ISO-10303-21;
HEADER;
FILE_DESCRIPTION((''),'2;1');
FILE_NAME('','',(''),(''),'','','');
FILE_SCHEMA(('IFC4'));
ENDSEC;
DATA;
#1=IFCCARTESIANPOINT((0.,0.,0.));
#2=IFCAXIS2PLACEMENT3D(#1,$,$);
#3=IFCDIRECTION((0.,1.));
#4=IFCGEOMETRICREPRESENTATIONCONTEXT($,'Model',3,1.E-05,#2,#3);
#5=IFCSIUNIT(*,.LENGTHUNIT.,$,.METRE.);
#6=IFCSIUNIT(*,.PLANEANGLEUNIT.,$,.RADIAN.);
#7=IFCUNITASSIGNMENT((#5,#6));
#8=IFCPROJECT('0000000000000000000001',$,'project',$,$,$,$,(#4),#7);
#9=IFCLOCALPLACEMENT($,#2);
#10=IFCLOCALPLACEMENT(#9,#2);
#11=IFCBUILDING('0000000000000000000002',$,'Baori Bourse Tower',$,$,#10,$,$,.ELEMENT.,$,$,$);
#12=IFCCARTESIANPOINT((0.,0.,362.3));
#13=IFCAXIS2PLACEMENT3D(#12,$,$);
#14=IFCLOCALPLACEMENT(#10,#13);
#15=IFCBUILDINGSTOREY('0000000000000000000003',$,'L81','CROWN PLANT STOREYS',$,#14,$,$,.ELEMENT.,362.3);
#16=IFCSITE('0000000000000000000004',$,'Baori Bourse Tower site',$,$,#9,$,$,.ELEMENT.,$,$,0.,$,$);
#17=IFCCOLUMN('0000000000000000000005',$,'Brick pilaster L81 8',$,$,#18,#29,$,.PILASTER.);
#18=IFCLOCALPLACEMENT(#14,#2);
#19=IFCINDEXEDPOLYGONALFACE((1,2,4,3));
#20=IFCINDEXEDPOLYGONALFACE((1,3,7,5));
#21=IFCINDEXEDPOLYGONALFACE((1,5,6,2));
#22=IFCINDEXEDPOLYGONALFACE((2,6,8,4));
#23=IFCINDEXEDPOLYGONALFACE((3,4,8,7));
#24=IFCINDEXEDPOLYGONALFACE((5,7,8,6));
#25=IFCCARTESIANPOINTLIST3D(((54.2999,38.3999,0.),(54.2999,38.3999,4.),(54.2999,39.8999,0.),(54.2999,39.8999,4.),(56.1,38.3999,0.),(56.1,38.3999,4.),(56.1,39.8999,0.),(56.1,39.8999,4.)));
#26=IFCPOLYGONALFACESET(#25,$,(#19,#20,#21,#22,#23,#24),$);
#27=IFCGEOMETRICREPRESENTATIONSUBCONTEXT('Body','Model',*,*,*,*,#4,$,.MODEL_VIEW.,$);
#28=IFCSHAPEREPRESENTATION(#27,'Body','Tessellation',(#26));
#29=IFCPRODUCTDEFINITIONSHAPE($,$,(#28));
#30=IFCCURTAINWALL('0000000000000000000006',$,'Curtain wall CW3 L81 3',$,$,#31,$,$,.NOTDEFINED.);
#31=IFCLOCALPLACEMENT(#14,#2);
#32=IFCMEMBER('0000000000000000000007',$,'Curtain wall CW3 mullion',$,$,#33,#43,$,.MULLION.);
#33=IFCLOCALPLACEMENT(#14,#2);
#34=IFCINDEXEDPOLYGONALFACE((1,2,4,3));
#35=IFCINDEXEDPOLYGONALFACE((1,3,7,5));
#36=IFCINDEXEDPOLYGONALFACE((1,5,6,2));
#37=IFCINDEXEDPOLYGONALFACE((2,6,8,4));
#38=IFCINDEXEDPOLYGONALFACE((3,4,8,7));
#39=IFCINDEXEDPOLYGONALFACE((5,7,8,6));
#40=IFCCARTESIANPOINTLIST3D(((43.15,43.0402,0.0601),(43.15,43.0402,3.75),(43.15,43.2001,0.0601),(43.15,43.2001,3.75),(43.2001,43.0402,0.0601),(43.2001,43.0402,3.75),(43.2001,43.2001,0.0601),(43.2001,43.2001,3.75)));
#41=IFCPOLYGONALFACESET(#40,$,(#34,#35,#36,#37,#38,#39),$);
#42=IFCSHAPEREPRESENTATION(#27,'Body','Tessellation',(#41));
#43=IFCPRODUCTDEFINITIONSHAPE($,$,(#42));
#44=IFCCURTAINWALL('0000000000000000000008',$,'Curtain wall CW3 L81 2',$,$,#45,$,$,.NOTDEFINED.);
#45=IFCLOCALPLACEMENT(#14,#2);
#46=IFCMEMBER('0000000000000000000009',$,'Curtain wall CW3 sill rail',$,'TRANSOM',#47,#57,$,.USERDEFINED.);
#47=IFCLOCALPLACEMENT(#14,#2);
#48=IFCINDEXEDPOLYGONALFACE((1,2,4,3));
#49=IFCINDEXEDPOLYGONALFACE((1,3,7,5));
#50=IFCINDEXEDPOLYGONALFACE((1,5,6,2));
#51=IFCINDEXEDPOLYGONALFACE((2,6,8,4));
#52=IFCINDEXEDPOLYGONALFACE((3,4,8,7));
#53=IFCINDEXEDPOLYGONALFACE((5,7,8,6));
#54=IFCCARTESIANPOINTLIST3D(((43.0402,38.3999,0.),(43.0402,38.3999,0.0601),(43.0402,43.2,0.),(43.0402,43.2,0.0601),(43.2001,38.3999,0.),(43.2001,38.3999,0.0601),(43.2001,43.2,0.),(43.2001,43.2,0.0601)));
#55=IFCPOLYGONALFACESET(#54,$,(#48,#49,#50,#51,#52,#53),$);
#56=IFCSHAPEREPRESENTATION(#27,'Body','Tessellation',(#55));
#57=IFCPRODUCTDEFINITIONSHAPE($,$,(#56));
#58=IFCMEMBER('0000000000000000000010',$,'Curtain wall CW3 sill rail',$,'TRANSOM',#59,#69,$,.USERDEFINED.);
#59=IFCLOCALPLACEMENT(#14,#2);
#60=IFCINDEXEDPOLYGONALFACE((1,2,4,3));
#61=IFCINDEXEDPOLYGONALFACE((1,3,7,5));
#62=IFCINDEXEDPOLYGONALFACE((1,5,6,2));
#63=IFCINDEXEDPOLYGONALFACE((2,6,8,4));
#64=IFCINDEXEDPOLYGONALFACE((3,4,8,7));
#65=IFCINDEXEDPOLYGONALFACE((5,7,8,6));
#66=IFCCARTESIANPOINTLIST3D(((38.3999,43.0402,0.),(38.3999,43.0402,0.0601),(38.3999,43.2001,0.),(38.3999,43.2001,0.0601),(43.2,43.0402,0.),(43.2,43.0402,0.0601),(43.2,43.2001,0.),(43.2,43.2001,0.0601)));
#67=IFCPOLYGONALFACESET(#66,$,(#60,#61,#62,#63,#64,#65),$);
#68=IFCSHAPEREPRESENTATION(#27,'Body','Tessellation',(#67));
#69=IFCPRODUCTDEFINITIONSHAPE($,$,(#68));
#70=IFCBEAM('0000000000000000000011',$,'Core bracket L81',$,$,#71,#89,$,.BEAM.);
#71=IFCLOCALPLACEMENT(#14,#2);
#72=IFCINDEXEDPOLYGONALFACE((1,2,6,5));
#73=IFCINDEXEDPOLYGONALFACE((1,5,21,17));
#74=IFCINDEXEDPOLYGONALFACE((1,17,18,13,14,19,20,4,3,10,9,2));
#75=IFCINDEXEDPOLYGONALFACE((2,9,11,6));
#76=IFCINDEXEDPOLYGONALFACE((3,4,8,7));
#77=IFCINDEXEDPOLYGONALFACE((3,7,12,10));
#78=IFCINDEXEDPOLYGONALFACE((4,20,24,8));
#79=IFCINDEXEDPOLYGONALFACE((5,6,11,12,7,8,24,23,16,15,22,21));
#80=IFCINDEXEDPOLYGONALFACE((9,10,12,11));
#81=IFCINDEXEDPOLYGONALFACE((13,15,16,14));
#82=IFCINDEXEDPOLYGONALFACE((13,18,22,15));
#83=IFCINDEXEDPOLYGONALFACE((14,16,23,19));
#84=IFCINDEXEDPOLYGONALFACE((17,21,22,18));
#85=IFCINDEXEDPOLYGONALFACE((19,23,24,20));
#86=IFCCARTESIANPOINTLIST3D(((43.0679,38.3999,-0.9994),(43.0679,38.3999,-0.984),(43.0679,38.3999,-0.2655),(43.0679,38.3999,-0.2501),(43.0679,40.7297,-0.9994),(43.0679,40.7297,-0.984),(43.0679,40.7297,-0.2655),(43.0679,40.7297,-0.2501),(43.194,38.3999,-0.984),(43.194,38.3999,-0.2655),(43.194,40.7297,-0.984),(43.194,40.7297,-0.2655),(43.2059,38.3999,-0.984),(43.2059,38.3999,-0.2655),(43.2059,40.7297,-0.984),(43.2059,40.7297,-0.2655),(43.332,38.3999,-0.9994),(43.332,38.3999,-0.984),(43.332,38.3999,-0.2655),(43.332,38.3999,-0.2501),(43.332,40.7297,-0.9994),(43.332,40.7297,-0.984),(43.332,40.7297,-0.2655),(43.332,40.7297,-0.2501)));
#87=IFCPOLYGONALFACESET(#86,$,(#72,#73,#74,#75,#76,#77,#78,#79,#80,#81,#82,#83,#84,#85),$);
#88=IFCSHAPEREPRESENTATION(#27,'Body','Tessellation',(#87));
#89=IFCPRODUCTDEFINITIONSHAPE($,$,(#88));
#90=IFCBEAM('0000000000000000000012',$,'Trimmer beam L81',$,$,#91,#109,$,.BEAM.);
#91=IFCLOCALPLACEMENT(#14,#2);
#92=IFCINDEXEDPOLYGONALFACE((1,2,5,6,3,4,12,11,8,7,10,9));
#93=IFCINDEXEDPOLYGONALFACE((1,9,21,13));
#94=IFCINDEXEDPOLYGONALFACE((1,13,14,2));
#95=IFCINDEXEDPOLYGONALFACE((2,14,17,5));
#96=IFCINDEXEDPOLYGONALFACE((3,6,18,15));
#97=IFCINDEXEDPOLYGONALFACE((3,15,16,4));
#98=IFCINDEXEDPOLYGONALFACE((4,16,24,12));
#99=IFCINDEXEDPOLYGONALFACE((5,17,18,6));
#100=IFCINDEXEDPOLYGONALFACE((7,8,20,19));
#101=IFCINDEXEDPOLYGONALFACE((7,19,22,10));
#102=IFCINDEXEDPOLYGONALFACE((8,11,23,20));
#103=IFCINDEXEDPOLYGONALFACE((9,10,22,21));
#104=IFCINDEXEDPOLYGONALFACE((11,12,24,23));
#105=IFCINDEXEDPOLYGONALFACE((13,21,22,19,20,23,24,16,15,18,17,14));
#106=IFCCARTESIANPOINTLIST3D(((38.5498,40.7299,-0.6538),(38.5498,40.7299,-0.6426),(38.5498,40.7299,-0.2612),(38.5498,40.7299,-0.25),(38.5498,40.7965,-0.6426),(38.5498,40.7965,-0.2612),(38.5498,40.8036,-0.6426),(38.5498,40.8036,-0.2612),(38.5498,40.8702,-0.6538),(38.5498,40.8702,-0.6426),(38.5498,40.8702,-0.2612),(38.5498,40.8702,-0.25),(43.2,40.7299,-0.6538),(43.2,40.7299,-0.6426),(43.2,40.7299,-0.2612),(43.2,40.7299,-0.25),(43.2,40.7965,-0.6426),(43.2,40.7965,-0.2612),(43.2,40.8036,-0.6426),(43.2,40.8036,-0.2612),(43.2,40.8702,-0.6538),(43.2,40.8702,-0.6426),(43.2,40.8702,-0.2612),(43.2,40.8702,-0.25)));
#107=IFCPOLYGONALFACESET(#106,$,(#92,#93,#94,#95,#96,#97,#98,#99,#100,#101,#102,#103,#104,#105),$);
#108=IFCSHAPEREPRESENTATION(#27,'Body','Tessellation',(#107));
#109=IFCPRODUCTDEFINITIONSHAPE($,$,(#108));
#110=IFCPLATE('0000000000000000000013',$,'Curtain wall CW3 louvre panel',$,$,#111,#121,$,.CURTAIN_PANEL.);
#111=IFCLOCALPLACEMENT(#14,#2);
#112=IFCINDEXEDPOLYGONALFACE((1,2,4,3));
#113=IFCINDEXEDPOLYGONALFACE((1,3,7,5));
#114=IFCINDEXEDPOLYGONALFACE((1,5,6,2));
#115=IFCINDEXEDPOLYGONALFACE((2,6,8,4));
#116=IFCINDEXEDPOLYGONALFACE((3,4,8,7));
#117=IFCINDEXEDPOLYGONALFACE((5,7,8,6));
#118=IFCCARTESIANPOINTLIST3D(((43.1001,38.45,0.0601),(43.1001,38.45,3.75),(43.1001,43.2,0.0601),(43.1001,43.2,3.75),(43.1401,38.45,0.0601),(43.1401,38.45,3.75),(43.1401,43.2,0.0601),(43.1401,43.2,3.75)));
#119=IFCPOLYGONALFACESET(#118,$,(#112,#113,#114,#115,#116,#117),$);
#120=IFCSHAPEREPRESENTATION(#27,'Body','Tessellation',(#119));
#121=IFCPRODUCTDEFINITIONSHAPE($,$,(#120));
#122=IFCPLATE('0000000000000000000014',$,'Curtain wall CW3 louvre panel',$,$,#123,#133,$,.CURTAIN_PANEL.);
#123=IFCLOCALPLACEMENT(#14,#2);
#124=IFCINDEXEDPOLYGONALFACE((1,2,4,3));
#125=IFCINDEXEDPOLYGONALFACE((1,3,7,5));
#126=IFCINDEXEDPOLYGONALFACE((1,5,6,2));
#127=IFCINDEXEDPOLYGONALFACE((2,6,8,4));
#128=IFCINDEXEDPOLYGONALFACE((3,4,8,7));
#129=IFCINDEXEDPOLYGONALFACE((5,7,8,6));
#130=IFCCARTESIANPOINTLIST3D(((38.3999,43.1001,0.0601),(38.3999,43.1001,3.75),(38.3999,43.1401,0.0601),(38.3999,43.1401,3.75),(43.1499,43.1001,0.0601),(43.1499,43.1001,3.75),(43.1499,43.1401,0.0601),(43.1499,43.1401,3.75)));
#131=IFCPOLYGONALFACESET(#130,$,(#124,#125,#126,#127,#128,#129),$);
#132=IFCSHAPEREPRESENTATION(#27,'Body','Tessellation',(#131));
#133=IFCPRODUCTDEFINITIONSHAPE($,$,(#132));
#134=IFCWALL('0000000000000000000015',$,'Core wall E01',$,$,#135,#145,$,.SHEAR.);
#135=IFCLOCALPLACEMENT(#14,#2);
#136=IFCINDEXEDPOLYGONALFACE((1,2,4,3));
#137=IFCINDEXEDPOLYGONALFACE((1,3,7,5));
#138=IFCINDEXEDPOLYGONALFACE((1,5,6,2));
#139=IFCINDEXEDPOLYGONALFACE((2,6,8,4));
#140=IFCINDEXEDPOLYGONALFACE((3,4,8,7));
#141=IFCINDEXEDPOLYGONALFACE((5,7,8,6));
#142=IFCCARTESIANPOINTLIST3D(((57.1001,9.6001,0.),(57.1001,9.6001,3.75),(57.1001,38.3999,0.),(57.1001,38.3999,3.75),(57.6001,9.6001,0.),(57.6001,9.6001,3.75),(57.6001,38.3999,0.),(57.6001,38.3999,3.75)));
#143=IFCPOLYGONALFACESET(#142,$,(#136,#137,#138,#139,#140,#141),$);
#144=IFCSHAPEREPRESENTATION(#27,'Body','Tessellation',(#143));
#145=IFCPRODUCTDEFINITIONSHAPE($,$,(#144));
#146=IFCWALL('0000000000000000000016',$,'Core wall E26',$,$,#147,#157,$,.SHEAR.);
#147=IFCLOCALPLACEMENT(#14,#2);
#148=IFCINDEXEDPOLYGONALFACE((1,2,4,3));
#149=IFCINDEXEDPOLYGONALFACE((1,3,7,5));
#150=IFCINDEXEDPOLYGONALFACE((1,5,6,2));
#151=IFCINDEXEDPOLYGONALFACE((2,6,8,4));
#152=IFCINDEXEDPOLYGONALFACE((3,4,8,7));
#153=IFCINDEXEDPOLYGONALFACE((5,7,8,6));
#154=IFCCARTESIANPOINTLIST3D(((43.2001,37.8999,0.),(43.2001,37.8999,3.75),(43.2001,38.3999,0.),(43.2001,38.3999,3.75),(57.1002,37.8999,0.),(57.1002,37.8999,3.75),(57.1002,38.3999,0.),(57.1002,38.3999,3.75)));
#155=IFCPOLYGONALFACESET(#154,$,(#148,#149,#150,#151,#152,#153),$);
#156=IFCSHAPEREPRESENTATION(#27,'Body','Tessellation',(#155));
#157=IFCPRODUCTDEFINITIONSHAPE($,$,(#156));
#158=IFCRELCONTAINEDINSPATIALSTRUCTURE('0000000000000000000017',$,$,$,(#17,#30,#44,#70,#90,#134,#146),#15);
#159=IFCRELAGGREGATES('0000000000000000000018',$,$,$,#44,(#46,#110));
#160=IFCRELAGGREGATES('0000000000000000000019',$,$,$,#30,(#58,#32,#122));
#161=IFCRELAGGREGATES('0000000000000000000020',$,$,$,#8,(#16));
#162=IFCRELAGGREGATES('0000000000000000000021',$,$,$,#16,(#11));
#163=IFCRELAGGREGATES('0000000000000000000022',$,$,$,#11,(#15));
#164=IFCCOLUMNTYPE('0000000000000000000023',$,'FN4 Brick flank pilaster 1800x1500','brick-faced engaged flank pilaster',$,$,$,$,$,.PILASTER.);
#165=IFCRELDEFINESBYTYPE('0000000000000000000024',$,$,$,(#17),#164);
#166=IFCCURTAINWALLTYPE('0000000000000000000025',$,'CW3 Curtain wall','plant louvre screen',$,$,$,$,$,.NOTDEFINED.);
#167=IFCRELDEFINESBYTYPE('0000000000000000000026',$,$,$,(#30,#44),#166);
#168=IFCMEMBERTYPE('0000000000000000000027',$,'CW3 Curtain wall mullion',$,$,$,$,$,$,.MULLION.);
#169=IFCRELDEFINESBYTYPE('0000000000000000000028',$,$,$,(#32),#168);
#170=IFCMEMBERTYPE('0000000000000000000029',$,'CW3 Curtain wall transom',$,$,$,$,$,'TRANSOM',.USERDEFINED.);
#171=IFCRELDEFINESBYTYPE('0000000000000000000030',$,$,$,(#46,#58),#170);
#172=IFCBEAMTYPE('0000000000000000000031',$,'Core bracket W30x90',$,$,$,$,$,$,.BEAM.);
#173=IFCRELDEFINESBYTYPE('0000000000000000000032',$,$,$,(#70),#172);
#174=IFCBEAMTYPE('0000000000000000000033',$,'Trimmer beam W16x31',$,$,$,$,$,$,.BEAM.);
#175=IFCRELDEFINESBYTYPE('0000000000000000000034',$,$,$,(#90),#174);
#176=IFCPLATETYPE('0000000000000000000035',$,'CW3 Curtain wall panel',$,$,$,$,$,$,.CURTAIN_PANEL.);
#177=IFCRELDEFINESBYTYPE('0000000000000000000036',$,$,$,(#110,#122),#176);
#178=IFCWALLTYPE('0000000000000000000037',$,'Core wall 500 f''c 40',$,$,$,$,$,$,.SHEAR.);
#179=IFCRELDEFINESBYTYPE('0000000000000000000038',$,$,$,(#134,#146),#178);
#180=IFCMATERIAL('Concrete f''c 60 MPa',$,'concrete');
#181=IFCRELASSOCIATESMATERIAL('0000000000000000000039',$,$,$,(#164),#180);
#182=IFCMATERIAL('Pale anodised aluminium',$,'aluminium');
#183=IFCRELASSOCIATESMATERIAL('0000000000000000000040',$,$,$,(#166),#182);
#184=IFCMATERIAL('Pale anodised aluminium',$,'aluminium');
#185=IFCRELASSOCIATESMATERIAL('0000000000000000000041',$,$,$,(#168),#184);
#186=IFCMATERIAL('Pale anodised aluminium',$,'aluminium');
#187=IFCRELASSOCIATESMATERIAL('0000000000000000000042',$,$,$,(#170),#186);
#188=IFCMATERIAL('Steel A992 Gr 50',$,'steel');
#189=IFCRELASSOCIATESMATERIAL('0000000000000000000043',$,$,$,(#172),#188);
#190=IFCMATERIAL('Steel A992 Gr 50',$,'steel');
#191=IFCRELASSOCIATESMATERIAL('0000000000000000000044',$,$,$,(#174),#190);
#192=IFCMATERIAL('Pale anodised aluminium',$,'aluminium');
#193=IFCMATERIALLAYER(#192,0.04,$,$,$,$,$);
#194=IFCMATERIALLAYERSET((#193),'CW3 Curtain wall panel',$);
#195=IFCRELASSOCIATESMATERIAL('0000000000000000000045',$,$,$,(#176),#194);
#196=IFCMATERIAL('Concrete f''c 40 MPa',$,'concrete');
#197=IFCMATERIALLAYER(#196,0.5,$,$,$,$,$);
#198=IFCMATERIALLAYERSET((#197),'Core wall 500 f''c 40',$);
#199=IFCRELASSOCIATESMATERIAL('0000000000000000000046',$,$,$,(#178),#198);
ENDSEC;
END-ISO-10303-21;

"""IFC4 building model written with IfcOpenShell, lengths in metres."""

from ifc_helpers import new_model, si_unit, direction, frame, frame_2d, origin, origin_2d, place, context, subcontext, project, spatial, rectangle, i_section, extrude, material, layer, layer_set, material_profile, profile_set, type_object, element, aggregate, save


model = new_model("IFC4")

# Units and contexts
model_context = context("Model", 3, precision=1e-05, world=origin(), true_north=direction((0.0, 1.0)))
body_context = subcontext(model_context, "Body", "Model", "MODEL_VIEW")
ifc_project = project(units=[si_unit("LENGTHUNIT", "METRE"), si_unit("PLANEANGLEUNIT", "RADIAN")], contexts=[model_context])

# Site, building, storey
site_placement = place(None, origin())
site = spatial("IfcSite", under=ifc_project, at=site_placement, Name="Baori Bourse Tower site", CompositionType="ELEMENT", RefElevation=0.0)
building_placement = place(site_placement, origin())
building = spatial("IfcBuilding", under=site, at=building_placement, Name="Baori Bourse Tower", CompositionType="ELEMENT")
storey_placement = place(building_placement, frame((0.0, 0.0, 362.3)))
storey = spatial("IfcBuildingStorey", under=building, at=storey_placement, Name="L81", Description="CROWN PLANT STOREYS", CompositionType="ELEMENT", Elevation=362.3)

# Column
ifc_material_1 = material(Name="Concrete f'c 60 MPa", Category="concrete")
ifc_material_profile_1 = material_profile(ifc_material_1, rectangle(XDim=1.8, YDim=1.5, at=origin_2d()), Name="RC 1800x1500")
ifc_profile_set_1 = profile_set([ifc_material_profile_1], Name="Concrete f'c 60 MPa")
column_type = type_object("IfcColumnType", Name="FN4 Brick flank pilaster 1800x1500", Description="brick-faced engaged flank pilaster", PredefinedType="PILASTER", material=ifc_profile_set_1)
column_placement = place(storey_placement, frame((55.2, 39.1499, 0.0), z_axis=(0.0, 0.0, 1.0), x_axis=(1.0, 0.0, 0.0)))
element("IfcColumn", 1, at=column_placement, inside=storey, type_object=column_type, Name="Brick pilaster L81 8", PredefinedType="PILASTER", context=body_context, shape_type="SweptSolid", body=[
    extrude(rectangle(XDim=1.8, YDim=1.5, at=origin_2d()), origin(), (0.0, 0.0, 1.0), 4.0),
])

# Curtain walls, members
ifc_material_2 = material(Name="Pale anodised aluminium", Category="aluminium")
curtain_wall_type = type_object("IfcCurtainWallType", Name="CW3 Curtain wall", Description="plant louvre screen", PredefinedType="NOTDEFINED", material=ifc_material_2)
curtain_wall_1_placement = place(storey_placement, origin())
curtain_wall_1 = element("IfcCurtainWall", 2, at=curtain_wall_1_placement, inside=storey, type_object=curtain_wall_type, Name="Curtain wall CW3 L81 3", PredefinedType="NOTDEFINED")
ifc_material_3 = material(Name="Pale anodised aluminium", Category="aluminium")
ifc_material_profile_2 = material_profile(ifc_material_3, rectangle(XDim=0.1599, YDim=0.05, at=origin_2d()), Name="Mullion 50x160")
ifc_profile_set_2 = profile_set([ifc_material_profile_2], Name="Pale anodised aluminium")
member_type_1 = type_object("IfcMemberType", Name="CW3 Curtain wall mullion", PredefinedType="MULLION", material=ifc_profile_set_2)
member_1_placement = place(storey_placement, frame((43.175, 43.1201, 0.0601), z_axis=(0.0, 0.0, 1.0), x_axis=(0.0, -1.0, 0.0)))
member_1 = element("IfcMember", 3, at=member_1_placement, type_object=member_type_1, Name="Curtain wall CW3 mullion", PredefinedType="MULLION", context=body_context, shape_type="SweptSolid", body=[
    extrude(rectangle(XDim=0.1599, YDim=0.05, at=origin_2d()), origin(), (0.0, 0.0, 1.0), 3.6899),
])
curtain_wall_2_placement = place(storey_placement, origin())
curtain_wall_2 = element("IfcCurtainWall", 4, at=curtain_wall_2_placement, inside=storey, type_object=curtain_wall_type, Name="Curtain wall CW3 L81 2", PredefinedType="NOTDEFINED")
ifc_material_4 = material(Name="Pale anodised aluminium", Category="aluminium")
ifc_material_profile_3 = material_profile(ifc_material_4, rectangle(XDim=0.1599, YDim=0.0601, at=origin_2d()), Name="Transom 60x160")
ifc_profile_set_3 = profile_set([ifc_material_profile_3], Name="Pale anodised aluminium")
member_type_2 = type_object("IfcMemberType", Name="CW3 Curtain wall transom", ElementType="TRANSOM", PredefinedType="USERDEFINED", material=ifc_profile_set_3)
member_2_placement = place(storey_placement, frame((43.1201, 38.3999, 0.03), z_axis=(0.0, 1.0, 0.0), x_axis=(-1.0, 0.0, 0.0)))
member_2 = element("IfcMember", 5, at=member_2_placement, type_object=member_type_2, Name="Curtain wall CW3 sill rail", ObjectType="TRANSOM", PredefinedType="USERDEFINED", context=body_context, shape_type="SweptSolid", body=[
    extrude(rectangle(XDim=0.1599, YDim=0.0601, at=origin_2d()), origin(), (0.0, 0.0, 1.0), 4.8),
])

# Member
member_3_placement = place(storey_placement, frame((43.2, 43.1201, 0.03), z_axis=(-1.0, 0.0, 0.0), x_axis=(0.0, -1.0, 0.0)))
member_3 = element("IfcMember", 6, at=member_3_placement, type_object=member_type_2, Name="Curtain wall CW3 sill rail", ObjectType="TRANSOM", PredefinedType="USERDEFINED", context=body_context, shape_type="SweptSolid", body=[
    extrude(rectangle(XDim=0.1599, YDim=0.0601, at=origin_2d()), origin(), (0.0, 0.0, 1.0), 4.8),
])

# Beams
ifc_material_5 = material(Name="Steel A992 Gr 50", Category="steel")
ifc_material_profile_4 = material_profile(ifc_material_5, i_section(OverallWidth=0.2642, OverallDepth=0.7493, WebThickness=0.012, FlangeThickness=0.0154, at=origin_2d()), Name="W30x90")
ifc_profile_set_4 = profile_set([ifc_material_profile_4], Name="Steel A992 Gr 50")
beam_type_1 = type_object("IfcBeamType", Name="Core bracket W30x90", PredefinedType="BEAM", material=ifc_profile_set_4)
beam_1_placement = place(storey_placement, frame((43.2, 38.3999, -0.6248), z_axis=(0.0, 1.0, 0.0), x_axis=(-1.0, 0.0, 0.0)))
element("IfcBeam", 7, at=beam_1_placement, inside=storey, type_object=beam_type_1, Name="Core bracket L81", PredefinedType="BEAM", context=body_context, shape_type="SweptSolid", body=[
    extrude(i_section(OverallWidth=0.2642, OverallDepth=0.7493, WebThickness=0.012, FlangeThickness=0.0154, at=origin_2d()), origin(), (0.0, 0.0, 1.0), 2.3298),
])
ifc_material_6 = material(Name="Steel A992 Gr 50", Category="steel")
ifc_material_profile_5 = material_profile(ifc_material_6, i_section(OverallWidth=0.1404, OverallDepth=0.4038, WebThickness=0.0071, FlangeThickness=0.0112, at=origin_2d()), Name="W16x31")
ifc_profile_set_5 = profile_set([ifc_material_profile_5], Name="Steel A992 Gr 50")
beam_type_2 = type_object("IfcBeamType", Name="Trimmer beam W16x31", PredefinedType="BEAM", material=ifc_profile_set_5)
beam_2_placement = place(storey_placement, frame((38.5498, 40.8, -0.4519), z_axis=(1.0, 0.0, 0.0), x_axis=(0.0, 1.0, 0.0)))
element("IfcBeam", 8, at=beam_2_placement, inside=storey, type_object=beam_type_2, Name="Trimmer beam L81", PredefinedType="BEAM", context=body_context, shape_type="SweptSolid", body=[
    extrude(i_section(OverallWidth=0.1404, OverallDepth=0.4038, WebThickness=0.0071, FlangeThickness=0.0112, at=origin_2d()), origin(), (0.0, 0.0, 1.0), 4.6501),
])

# Plates
ifc_material_7 = material(Name="Pale anodised aluminium", Category="aluminium")
ifc_layer_1 = layer(ifc_material_7, 0.04)
ifc_layer_set_1 = layer_set([ifc_layer_1], Name="CW3 Curtain wall panel")
plate_type = type_object("IfcPlateType", Name="CW3 Curtain wall panel", PredefinedType="CURTAIN_PANEL", material=ifc_layer_set_1)
plate_1_placement = place(storey_placement, frame((43.1201, 40.825, 0.0601), z_axis=(0.0, 0.0, 1.0), x_axis=(0.0, 1.0, 0.0)))
plate_1 = element("IfcPlate", 9, at=plate_1_placement, type_object=plate_type, Name="Curtain wall CW3 louvre panel", PredefinedType="CURTAIN_PANEL", context=body_context, shape_type="SweptSolid", body=[
    extrude(rectangle(XDim=4.75, YDim=0.04, at=origin_2d()), origin(), (0.0, 0.0, 1.0), 3.6899),
])
aggregate(curtain_wall_2, [member_2, plate_1])
plate_2_placement = place(storey_placement, frame((40.7749, 43.1201, 0.0601), z_axis=(0.0, 0.0, 1.0), x_axis=(-1.0, 0.0, 0.0)))
plate_2 = element("IfcPlate", 10, at=plate_2_placement, type_object=plate_type, Name="Curtain wall CW3 louvre panel", PredefinedType="CURTAIN_PANEL", context=body_context, shape_type="SweptSolid", body=[
    extrude(rectangle(XDim=4.75, YDim=0.04, at=origin_2d()), origin(), (0.0, 0.0, 1.0), 3.6899),
])
aggregate(curtain_wall_1, [member_3, member_1, plate_2])

# Walls
ifc_material_8 = material(Name="Concrete f'c 40 MPa", Category="concrete")
ifc_layer_2 = layer(ifc_material_8, 0.5)
ifc_layer_set_2 = layer_set([ifc_layer_2], Name="Core wall 500 f'c 40")
wall_type_1 = type_object("IfcWallType", Name="Core wall 500 f'c 40", PredefinedType="SHEAR", material=ifc_layer_set_2)
wall_1_placement = place(storey_placement, frame((57.3501, 38.3999, 0.0), z_axis=(0.0, 0.0, 1.0), x_axis=(0.0, -1.0, 0.0)))
element("IfcWall", 11, at=wall_1_placement, inside=storey, type_object=wall_type_1, Name="Core wall E01", PredefinedType="SHEAR", context=body_context, shape_type="SweptSolid", body=[
    extrude(rectangle(XDim=28.7998, YDim=0.5, at=frame_2d((14.3999, 0.0))), origin(), (0.0, 0.0, 1.0), 3.75),
])
wall_2_placement = place(storey_placement, frame((43.2, 38.1499, 0.0), z_axis=(0.0, 0.0, 1.0), x_axis=(1.0, 0.0, 0.0)))
element("IfcWall", 12, at=wall_2_placement, inside=storey, type_object=wall_type_1, Name="Core wall E26", PredefinedType="SHEAR", context=body_context, shape_type="SweptSolid", body=[
    extrude(rectangle(XDim=13.9001, YDim=0.5, at=frame_2d((6.9502, 0.0))), origin(), (0.0, 0.0, 1.0), 3.75),
])

save(model, "model.ifc")
